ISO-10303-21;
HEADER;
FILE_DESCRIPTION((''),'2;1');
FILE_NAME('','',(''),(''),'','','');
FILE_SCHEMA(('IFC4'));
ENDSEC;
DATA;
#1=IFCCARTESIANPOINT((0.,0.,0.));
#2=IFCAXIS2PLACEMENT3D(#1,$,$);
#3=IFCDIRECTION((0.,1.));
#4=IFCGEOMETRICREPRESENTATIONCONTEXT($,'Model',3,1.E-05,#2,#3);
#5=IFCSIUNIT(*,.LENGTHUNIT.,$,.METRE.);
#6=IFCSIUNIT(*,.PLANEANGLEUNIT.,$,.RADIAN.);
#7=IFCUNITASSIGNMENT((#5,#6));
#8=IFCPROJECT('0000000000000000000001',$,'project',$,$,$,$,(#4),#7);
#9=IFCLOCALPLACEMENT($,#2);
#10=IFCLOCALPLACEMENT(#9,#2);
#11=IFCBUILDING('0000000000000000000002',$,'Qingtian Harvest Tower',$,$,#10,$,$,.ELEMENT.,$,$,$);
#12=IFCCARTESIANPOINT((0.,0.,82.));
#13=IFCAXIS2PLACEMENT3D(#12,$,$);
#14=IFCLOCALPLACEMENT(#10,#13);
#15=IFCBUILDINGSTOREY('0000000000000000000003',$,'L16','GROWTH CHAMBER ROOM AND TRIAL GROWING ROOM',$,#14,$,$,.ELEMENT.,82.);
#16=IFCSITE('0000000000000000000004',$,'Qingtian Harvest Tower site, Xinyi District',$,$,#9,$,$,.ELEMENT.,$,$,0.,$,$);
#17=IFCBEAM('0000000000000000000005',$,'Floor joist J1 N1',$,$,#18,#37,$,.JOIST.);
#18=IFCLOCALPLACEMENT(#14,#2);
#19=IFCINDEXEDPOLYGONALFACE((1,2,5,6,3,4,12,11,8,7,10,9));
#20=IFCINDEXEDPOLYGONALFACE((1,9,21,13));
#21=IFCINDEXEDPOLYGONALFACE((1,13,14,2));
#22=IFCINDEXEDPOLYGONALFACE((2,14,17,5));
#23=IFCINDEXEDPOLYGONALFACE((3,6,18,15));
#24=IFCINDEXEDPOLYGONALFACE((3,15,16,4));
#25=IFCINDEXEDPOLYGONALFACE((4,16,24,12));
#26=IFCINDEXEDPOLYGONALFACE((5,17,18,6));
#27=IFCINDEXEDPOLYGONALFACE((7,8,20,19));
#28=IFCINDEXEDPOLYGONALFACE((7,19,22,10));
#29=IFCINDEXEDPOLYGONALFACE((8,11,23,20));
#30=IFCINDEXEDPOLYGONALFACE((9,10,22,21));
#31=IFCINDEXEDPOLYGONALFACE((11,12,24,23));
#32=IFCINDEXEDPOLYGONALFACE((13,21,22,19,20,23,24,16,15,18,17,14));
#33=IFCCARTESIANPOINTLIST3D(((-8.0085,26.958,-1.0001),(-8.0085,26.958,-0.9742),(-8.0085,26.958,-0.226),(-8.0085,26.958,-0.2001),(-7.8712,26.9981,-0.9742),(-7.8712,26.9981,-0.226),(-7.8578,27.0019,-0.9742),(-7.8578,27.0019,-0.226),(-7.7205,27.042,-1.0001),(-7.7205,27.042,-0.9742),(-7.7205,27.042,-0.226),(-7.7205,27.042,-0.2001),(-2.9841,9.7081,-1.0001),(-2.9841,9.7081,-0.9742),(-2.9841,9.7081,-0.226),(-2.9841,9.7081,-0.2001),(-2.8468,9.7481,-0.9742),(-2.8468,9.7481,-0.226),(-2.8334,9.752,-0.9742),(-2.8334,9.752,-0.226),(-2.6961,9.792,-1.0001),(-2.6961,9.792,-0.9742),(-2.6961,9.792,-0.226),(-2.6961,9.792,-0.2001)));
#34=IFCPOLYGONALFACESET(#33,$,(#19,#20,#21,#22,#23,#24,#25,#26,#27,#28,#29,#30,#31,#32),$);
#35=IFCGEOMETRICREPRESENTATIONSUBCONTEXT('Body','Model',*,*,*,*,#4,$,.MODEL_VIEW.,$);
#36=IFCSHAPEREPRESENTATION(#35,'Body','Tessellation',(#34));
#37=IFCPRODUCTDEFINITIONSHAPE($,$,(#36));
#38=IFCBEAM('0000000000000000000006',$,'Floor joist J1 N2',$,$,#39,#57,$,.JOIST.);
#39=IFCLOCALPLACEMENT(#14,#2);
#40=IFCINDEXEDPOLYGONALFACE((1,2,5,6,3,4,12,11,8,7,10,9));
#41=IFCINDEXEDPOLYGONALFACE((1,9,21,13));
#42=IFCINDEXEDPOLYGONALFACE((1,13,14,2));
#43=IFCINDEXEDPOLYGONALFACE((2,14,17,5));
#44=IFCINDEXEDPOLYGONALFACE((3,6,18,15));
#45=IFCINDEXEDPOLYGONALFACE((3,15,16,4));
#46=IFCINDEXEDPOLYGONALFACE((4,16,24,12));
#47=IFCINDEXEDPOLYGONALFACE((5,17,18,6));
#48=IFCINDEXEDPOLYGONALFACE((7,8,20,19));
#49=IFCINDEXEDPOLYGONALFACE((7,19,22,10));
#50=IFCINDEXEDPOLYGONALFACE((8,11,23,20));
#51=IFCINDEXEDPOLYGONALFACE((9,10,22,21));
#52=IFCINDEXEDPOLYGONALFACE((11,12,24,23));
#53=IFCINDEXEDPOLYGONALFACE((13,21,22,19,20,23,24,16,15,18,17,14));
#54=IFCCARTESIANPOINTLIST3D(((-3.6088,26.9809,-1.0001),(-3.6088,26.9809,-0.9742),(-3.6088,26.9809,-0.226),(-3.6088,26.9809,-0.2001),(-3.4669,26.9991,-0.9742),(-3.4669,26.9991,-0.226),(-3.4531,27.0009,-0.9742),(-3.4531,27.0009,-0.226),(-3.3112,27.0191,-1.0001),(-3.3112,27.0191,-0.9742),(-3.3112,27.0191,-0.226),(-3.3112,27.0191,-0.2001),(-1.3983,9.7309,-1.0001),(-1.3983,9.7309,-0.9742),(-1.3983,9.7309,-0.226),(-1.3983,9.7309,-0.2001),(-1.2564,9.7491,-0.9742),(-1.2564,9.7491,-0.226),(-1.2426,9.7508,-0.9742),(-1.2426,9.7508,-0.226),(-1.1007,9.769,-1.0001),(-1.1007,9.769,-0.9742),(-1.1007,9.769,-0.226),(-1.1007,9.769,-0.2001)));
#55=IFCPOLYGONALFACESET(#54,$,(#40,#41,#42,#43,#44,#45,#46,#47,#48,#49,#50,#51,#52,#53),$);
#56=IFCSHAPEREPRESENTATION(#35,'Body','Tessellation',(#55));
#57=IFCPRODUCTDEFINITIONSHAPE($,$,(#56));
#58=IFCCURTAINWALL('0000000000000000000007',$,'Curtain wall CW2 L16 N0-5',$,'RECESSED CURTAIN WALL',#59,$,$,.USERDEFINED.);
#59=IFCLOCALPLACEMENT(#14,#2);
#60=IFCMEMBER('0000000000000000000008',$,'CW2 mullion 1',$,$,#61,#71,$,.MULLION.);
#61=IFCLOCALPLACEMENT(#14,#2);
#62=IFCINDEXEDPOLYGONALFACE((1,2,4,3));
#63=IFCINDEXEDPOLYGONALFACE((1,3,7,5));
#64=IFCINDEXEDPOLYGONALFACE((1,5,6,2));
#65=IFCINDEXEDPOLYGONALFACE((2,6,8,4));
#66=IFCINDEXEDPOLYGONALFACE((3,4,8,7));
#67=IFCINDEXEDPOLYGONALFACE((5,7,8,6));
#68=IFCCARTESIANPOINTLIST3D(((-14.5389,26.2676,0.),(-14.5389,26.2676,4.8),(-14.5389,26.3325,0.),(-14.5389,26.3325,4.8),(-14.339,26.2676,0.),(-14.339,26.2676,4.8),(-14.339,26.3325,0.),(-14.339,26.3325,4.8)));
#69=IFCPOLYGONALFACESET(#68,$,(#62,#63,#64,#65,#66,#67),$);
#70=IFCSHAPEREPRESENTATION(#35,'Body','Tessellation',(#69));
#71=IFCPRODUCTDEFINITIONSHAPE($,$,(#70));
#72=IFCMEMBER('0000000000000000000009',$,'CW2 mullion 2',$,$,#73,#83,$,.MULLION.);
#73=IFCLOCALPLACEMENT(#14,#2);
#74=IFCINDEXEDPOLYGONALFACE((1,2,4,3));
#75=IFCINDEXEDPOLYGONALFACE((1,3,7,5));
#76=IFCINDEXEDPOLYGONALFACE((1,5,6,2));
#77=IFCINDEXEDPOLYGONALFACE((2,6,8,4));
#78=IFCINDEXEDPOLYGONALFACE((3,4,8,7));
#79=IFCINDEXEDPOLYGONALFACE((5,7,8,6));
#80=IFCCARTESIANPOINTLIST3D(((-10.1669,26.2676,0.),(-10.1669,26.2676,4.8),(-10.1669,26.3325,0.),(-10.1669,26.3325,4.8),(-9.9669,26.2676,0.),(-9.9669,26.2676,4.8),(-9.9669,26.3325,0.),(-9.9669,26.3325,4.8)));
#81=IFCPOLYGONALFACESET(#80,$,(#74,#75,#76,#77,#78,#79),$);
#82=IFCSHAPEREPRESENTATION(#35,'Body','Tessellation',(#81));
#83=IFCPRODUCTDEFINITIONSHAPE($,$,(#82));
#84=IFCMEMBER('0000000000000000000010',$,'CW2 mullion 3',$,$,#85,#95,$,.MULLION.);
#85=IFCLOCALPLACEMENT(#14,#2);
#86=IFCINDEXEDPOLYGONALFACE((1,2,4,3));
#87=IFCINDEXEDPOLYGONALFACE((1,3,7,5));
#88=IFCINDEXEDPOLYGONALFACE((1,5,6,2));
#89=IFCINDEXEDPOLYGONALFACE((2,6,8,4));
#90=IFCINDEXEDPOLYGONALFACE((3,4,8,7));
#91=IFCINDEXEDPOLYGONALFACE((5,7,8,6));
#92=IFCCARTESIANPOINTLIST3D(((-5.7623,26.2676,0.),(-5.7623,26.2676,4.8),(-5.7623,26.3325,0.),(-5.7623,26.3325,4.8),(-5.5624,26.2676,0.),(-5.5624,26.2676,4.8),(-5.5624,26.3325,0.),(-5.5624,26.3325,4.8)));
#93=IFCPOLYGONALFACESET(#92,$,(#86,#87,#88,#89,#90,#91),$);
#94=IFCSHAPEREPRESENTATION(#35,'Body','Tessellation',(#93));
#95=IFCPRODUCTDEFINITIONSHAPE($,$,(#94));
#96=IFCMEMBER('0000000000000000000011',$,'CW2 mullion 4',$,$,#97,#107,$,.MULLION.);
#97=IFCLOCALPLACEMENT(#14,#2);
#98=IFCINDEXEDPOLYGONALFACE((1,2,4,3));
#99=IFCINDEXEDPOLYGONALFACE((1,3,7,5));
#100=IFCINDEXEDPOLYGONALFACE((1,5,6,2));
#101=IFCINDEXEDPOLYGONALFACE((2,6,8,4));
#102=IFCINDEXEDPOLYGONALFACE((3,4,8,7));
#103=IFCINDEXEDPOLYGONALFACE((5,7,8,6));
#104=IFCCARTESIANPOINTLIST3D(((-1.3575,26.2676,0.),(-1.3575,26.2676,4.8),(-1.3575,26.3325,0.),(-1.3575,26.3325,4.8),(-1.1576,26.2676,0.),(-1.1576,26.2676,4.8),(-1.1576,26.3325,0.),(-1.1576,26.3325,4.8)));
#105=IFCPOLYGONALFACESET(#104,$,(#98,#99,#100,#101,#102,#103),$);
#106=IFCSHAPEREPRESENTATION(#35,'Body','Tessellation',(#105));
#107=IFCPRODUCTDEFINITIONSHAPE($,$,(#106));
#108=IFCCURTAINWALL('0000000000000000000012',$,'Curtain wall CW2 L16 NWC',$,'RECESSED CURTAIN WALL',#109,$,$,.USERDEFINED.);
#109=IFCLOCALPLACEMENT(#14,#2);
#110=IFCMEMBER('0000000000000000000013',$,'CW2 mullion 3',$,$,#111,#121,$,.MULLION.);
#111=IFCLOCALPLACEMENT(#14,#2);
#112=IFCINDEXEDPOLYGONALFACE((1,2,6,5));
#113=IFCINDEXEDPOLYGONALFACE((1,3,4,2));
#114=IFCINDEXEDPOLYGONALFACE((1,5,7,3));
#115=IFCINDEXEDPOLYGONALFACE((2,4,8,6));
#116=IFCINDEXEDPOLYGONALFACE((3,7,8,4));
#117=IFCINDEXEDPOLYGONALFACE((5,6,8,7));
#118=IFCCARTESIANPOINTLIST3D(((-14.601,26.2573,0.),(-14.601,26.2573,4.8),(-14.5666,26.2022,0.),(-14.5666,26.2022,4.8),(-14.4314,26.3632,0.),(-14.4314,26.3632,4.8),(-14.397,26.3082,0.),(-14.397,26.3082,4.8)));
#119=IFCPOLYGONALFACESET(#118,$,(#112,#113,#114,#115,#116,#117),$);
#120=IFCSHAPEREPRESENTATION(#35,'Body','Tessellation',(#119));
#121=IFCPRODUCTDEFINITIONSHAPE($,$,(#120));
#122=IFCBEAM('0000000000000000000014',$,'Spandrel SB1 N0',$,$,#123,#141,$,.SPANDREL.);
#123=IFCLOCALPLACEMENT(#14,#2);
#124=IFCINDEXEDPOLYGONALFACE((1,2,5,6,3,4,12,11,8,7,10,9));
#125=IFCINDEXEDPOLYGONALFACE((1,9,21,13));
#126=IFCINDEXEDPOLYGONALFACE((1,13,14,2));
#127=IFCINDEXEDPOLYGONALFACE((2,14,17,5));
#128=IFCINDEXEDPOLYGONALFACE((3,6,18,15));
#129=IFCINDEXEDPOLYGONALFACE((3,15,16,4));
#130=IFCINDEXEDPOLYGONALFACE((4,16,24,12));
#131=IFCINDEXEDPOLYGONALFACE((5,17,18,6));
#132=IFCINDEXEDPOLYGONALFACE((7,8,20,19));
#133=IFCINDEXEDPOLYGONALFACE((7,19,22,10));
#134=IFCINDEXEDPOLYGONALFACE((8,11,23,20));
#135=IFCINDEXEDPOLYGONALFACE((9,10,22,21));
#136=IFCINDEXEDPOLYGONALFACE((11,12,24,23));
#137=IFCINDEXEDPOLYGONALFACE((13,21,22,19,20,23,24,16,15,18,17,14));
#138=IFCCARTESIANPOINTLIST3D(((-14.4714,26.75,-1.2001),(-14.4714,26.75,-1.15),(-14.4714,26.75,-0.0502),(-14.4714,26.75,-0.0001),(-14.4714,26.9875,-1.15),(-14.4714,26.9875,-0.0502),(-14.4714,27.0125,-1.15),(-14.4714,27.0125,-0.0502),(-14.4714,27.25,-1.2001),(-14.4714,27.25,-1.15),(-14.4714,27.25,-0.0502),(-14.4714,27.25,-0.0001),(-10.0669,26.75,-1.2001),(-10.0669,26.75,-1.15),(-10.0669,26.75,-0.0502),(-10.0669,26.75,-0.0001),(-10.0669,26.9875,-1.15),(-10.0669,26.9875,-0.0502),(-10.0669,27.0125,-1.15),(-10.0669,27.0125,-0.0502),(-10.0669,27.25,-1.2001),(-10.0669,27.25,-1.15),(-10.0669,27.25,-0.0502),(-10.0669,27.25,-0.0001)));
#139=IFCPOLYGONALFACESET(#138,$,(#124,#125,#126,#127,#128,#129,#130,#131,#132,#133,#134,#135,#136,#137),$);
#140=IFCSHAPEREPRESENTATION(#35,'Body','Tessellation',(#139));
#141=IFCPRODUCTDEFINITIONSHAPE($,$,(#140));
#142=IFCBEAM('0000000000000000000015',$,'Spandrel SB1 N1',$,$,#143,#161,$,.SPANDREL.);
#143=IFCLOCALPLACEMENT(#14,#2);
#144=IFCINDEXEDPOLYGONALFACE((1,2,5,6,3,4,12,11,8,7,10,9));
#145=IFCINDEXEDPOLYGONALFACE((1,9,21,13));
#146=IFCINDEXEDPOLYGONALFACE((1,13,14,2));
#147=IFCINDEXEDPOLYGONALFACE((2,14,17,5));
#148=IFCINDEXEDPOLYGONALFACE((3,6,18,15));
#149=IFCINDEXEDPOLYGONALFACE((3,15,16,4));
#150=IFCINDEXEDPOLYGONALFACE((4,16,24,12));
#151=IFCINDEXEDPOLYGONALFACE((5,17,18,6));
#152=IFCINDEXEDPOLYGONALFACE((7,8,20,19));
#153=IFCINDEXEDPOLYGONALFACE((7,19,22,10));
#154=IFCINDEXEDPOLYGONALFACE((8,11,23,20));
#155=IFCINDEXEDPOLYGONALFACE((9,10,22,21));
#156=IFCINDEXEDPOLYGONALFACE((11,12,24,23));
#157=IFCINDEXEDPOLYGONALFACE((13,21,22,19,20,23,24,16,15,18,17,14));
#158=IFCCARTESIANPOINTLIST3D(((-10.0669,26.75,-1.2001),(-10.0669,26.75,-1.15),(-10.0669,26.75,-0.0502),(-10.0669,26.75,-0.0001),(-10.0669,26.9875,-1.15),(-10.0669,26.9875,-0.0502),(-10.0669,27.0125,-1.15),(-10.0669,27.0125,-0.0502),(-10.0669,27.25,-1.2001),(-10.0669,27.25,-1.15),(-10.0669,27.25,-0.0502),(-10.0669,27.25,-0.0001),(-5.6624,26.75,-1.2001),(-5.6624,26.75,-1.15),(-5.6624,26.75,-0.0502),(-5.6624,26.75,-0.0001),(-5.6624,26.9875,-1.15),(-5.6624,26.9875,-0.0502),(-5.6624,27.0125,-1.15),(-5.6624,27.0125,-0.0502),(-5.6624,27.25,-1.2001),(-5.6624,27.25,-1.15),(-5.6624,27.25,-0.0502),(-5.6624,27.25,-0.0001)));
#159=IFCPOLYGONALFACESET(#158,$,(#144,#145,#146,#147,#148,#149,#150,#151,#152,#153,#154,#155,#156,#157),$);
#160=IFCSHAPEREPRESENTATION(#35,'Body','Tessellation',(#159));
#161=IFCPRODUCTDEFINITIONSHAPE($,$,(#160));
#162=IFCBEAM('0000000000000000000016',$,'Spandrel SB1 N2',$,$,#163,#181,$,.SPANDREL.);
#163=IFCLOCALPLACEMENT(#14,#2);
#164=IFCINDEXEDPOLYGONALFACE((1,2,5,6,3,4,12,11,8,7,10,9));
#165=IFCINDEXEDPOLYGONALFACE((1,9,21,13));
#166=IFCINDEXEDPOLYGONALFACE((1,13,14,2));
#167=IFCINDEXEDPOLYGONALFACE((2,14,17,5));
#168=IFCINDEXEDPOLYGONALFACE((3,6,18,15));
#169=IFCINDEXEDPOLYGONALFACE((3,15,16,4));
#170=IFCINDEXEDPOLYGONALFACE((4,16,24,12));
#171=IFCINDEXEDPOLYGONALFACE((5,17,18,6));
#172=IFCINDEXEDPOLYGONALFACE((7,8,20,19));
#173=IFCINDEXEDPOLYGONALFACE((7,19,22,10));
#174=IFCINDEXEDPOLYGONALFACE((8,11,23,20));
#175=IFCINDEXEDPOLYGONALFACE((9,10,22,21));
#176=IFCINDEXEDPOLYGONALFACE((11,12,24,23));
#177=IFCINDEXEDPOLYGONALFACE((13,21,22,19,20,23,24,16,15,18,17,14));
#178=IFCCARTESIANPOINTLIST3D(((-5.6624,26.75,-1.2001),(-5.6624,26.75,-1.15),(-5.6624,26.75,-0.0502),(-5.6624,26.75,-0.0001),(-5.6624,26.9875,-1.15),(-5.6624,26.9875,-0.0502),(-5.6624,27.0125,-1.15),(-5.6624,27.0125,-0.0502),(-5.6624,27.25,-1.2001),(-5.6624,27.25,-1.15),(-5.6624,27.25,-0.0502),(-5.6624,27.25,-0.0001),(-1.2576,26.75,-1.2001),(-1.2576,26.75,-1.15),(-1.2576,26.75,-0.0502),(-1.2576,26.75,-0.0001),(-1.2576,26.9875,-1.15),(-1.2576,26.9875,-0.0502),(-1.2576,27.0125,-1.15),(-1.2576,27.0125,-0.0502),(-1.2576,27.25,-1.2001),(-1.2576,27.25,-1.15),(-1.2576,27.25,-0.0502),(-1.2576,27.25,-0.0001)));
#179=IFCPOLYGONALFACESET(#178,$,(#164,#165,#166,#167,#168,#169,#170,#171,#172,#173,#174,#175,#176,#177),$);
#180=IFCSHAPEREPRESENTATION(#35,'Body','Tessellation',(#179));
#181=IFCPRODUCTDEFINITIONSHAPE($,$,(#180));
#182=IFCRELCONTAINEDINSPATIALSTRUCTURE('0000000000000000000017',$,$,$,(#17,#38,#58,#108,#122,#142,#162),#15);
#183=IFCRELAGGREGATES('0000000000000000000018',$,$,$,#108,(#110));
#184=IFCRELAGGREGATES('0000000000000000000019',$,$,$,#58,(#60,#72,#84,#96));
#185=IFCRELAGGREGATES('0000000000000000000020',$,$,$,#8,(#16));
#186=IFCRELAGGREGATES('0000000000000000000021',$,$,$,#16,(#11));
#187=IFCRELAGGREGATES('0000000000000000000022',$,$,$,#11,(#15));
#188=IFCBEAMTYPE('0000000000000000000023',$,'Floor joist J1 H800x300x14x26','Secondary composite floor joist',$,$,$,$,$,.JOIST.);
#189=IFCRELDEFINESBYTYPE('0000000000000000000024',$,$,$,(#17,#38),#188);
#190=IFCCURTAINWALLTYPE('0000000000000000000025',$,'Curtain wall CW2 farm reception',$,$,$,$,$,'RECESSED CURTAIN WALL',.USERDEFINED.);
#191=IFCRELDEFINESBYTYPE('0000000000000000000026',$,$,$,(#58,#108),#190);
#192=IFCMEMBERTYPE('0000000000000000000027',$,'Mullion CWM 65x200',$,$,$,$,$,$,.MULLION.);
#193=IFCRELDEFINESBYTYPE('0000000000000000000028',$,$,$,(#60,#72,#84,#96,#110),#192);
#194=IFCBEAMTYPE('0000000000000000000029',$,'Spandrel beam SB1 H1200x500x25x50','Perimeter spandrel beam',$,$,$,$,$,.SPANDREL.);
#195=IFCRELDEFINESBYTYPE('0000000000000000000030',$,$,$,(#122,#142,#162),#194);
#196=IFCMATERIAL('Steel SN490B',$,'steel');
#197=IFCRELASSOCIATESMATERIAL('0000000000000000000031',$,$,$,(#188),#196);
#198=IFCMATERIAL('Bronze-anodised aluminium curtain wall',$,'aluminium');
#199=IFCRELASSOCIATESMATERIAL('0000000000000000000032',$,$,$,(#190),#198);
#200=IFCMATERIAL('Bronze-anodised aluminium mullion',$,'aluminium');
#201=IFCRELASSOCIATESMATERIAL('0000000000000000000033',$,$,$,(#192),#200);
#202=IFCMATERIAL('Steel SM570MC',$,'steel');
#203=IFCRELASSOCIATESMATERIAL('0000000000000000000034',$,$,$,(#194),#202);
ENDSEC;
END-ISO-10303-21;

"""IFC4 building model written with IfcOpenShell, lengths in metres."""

from ifc_helpers import new_model, si_unit, direction, frame, origin, origin_2d, place, context, subcontext, project, spatial, rectangle, i_section, extrude, material, material_profile, profile_set, type_object, element, aggregate, save


model = new_model("IFC4")

# Units and contexts
model_context = context("Model", 3, precision=1e-05, world=origin(), true_north=direction((0.0, 1.0)))
body_context = subcontext(model_context, "Body", "Model", "MODEL_VIEW")
ifc_project = project(units=[si_unit("LENGTHUNIT", "METRE"), si_unit("PLANEANGLEUNIT", "RADIAN")], contexts=[model_context])

# Site, building, storey
site_placement = place(None, origin())
site = spatial("IfcSite", under=ifc_project, at=site_placement, Name="Qingtian Harvest Tower site, Xinyi District", CompositionType="ELEMENT", RefElevation=0.0)
building_placement = place(site_placement, origin())
building = spatial("IfcBuilding", under=site, at=building_placement, Name="Qingtian Harvest Tower", CompositionType="ELEMENT")
storey_placement = place(building_placement, frame((0.0, 0.0, 82.0)))
storey = spatial("IfcBuildingStorey", under=building, at=storey_placement, Name="L16", Description="GROWTH CHAMBER ROOM AND TRIAL GROWING ROOM", CompositionType="ELEMENT", Elevation=82.0)

# Beams
ifc_material_1 = material(Name="Steel SN490B", Category="steel")
ifc_material_profile_1 = material_profile(ifc_material_1, i_section(OverallWidth=0.3, OverallDepth=0.8, WebThickness=0.0139, FlangeThickness=0.0259, at=origin_2d()), Name="H800x300x14x26")
ifc_profile_set_1 = profile_set([ifc_material_profile_1], Name="Steel SN490B")
beam_type_1 = type_object("IfcBeamType", Name="Floor joist J1 H800x300x14x26", Description="Secondary composite floor joist", PredefinedType="JOIST", material=ifc_profile_set_1)
beam_1_placement = place(storey_placement, frame((-7.8645, 27.0, -0.6001), z_axis=(0.279649, -0.960102, 0.0), x_axis=(0.960102, 0.279649, 0.0)))
element("IfcBeam", 1, at=beam_1_placement, inside=storey, type_object=beam_type_1, Name="Floor joist J1 N1", PredefinedType="JOIST", context=body_context, shape_type="SweptSolid", body=[
    extrude(i_section(OverallWidth=0.3, OverallDepth=0.8, WebThickness=0.0139, FlangeThickness=0.0259, at=origin_2d()), origin(), (0.0, 0.0, 1.0), 17.9668),
])
beam_2_placement = place(storey_placement, frame((-3.46, 27.0, -0.6001), z_axis=(0.127103, -0.99189, 0.0), x_axis=(0.99189, 0.127103, 0.0)))
element("IfcBeam", 2, at=beam_2_placement, inside=storey, type_object=beam_type_1, Name="Floor joist J1 N2", PredefinedType="JOIST", context=body_context, shape_type="SweptSolid", body=[
    extrude(i_section(OverallWidth=0.3, OverallDepth=0.8, WebThickness=0.0139, FlangeThickness=0.0259, at=origin_2d()), origin(), (0.0, 0.0, 1.0), 17.3911),
])

# Curtain wall, members
ifc_material_2 = material(Name="Bronze-anodised aluminium curtain wall", Category="aluminium")
curtain_wall_type = type_object("IfcCurtainWallType", Name="Curtain wall CW2 farm reception", ElementType="RECESSED CURTAIN WALL", PredefinedType="USERDEFINED", material=ifc_material_2)
curtain_wall_1_placement = place(storey_placement, origin())
curtain_wall_1 = element("IfcCurtainWall", 3, at=curtain_wall_1_placement, inside=storey, type_object=curtain_wall_type, Name="Curtain wall CW2 L16 N0-5", ObjectType="RECESSED CURTAIN WALL", PredefinedType="USERDEFINED")
ifc_material_3 = material(Name="Bronze-anodised aluminium mullion", Category="aluminium")
ifc_material_profile_2 = material_profile(ifc_material_3, rectangle(XDim=0.0649, YDim=0.2, at=origin_2d()), Name="AL 65x200")
ifc_profile_set_2 = profile_set([ifc_material_profile_2], Name="Bronze-anodised aluminium mullion")
member_type_1 = type_object("IfcMemberType", Name="Mullion CWM 65x200", PredefinedType="MULLION", material=ifc_profile_set_2)
member_1_placement = place(storey_placement, frame((-14.439, 26.3, 0.0), z_axis=(0.0, 0.0, 1.0), x_axis=(0.0, 1.0, 0.0)))
member_1 = element("IfcMember", 4, at=member_1_placement, type_object=member_type_1, Name="CW2 mullion 1", PredefinedType="MULLION", context=body_context, shape_type="SweptSolid", body=[
    extrude(rectangle(XDim=0.0649, YDim=0.2, at=origin_2d()), origin(), (0.0, 0.0, 1.0), 4.8),
])
member_2_placement = place(storey_placement, frame((-10.0669, 26.3, 0.0), z_axis=(0.0, 0.0, 1.0), x_axis=(0.0, 1.0, 0.0)))
member_2 = element("IfcMember", 5, at=member_2_placement, type_object=member_type_1, Name="CW2 mullion 2", PredefinedType="MULLION", context=body_context, shape_type="SweptSolid", body=[
    extrude(rectangle(XDim=0.0649, YDim=0.2, at=origin_2d()), origin(), (0.0, 0.0, 1.0), 4.8),
])
member_3_placement = place(storey_placement, frame((-5.6624, 26.3, 0.0), z_axis=(0.0, 0.0, 1.0), x_axis=(0.0, 1.0, 0.0)))
member_3 = element("IfcMember", 6, at=member_3_placement, type_object=member_type_1, Name="CW2 mullion 3", PredefinedType="MULLION", context=body_context, shape_type="SweptSolid", body=[
    extrude(rectangle(XDim=0.0649, YDim=0.2, at=origin_2d()), origin(), (0.0, 0.0, 1.0), 4.8),
])
member_4_placement = place(storey_placement, frame((-1.2576, 26.3, 0.0), z_axis=(0.0, 0.0, 1.0), x_axis=(0.0, 1.0, 0.0)))
member_4 = element("IfcMember", 7, at=member_4_placement, type_object=member_type_1, Name="CW2 mullion 4", PredefinedType="MULLION", context=body_context, shape_type="SweptSolid", body=[
    extrude(rectangle(XDim=0.0649, YDim=0.2, at=origin_2d()), origin(), (0.0, 0.0, 1.0), 4.8),
])

# Curtain wall, member
curtain_wall_2_placement = place(storey_placement, origin())
curtain_wall_2 = element("IfcCurtainWall", 8, at=curtain_wall_2_placement, inside=storey, type_object=curtain_wall_type, Name="Curtain wall CW2 L16 NWC", ObjectType="RECESSED CURTAIN WALL", PredefinedType="USERDEFINED")
member_5_placement = place(storey_placement, frame((-14.499, 26.2827, 0.0), z_axis=(0.0, 0.0, 1.0), x_axis=(-0.529919, 0.848048, 0.0)))
member_5 = element("IfcMember", 9, at=member_5_placement, type_object=member_type_1, Name="CW2 mullion 3", PredefinedType="MULLION", context=body_context, shape_type="SweptSolid", body=[
    extrude(rectangle(XDim=0.0649, YDim=0.2, at=origin_2d()), origin(), (0.0, 0.0, 1.0), 4.8),
])
aggregate(curtain_wall_2, [member_5])

# Beams
ifc_material_4 = material(Name="Steel SM570MC", Category="steel")
ifc_material_profile_3 = material_profile(ifc_material_4, i_section(OverallWidth=0.5, OverallDepth=1.2, WebThickness=0.0249, FlangeThickness=0.05, at=origin_2d()), Name="H1200x500x25x50")
ifc_profile_set_3 = profile_set([ifc_material_profile_3], Name="Steel SM570MC")
beam_type_2 = type_object("IfcBeamType", Name="Spandrel beam SB1 H1200x500x25x50", Description="Perimeter spandrel beam", PredefinedType="SPANDREL", material=ifc_profile_set_3)
for number, where, z_axis, x_axis, name in (
    (10, (-14.4714, 27.0, -0.6001), (1.0, 0.0, 0.0), (0.0, 1.0, 0.0), "Spandrel SB1 N0"),
    (11, (-10.0669, 27.0, -0.6001), (1.0, 0.0, 0.0), (0.0, 1.0, 0.0), "Spandrel SB1 N1"),
):
    element("IfcBeam", number, at=place(storey_placement, frame(where, z_axis=z_axis, x_axis=x_axis)), inside=storey, type_object=beam_type_2, Name=name, PredefinedType="SPANDREL", context=body_context, shape_type="SweptSolid", body=[
        extrude(i_section(OverallWidth=0.5, OverallDepth=1.2, WebThickness=0.0249, FlangeThickness=0.05, at=origin_2d()), origin(), (0.0, 0.0, 1.0), 4.4045),
    ])
beam_3_placement = place(storey_placement, frame((-5.6624, 27.0, -0.6001), z_axis=(1.0, 0.0, 0.0), x_axis=(0.0, 1.0, 0.0)))
element("IfcBeam", 12, at=beam_3_placement, inside=storey, type_object=beam_type_2, Name="Spandrel SB1 N2", PredefinedType="SPANDREL", context=body_context, shape_type="SweptSolid", body=[
    extrude(i_section(OverallWidth=0.5, OverallDepth=1.2, WebThickness=0.0249, FlangeThickness=0.05, at=origin_2d()), origin(), (0.0, 0.0, 1.0), 4.4048),
])

aggregate(curtain_wall_1, [member_1, member_2, member_3, member_4])

save(model, "model.ifc")
